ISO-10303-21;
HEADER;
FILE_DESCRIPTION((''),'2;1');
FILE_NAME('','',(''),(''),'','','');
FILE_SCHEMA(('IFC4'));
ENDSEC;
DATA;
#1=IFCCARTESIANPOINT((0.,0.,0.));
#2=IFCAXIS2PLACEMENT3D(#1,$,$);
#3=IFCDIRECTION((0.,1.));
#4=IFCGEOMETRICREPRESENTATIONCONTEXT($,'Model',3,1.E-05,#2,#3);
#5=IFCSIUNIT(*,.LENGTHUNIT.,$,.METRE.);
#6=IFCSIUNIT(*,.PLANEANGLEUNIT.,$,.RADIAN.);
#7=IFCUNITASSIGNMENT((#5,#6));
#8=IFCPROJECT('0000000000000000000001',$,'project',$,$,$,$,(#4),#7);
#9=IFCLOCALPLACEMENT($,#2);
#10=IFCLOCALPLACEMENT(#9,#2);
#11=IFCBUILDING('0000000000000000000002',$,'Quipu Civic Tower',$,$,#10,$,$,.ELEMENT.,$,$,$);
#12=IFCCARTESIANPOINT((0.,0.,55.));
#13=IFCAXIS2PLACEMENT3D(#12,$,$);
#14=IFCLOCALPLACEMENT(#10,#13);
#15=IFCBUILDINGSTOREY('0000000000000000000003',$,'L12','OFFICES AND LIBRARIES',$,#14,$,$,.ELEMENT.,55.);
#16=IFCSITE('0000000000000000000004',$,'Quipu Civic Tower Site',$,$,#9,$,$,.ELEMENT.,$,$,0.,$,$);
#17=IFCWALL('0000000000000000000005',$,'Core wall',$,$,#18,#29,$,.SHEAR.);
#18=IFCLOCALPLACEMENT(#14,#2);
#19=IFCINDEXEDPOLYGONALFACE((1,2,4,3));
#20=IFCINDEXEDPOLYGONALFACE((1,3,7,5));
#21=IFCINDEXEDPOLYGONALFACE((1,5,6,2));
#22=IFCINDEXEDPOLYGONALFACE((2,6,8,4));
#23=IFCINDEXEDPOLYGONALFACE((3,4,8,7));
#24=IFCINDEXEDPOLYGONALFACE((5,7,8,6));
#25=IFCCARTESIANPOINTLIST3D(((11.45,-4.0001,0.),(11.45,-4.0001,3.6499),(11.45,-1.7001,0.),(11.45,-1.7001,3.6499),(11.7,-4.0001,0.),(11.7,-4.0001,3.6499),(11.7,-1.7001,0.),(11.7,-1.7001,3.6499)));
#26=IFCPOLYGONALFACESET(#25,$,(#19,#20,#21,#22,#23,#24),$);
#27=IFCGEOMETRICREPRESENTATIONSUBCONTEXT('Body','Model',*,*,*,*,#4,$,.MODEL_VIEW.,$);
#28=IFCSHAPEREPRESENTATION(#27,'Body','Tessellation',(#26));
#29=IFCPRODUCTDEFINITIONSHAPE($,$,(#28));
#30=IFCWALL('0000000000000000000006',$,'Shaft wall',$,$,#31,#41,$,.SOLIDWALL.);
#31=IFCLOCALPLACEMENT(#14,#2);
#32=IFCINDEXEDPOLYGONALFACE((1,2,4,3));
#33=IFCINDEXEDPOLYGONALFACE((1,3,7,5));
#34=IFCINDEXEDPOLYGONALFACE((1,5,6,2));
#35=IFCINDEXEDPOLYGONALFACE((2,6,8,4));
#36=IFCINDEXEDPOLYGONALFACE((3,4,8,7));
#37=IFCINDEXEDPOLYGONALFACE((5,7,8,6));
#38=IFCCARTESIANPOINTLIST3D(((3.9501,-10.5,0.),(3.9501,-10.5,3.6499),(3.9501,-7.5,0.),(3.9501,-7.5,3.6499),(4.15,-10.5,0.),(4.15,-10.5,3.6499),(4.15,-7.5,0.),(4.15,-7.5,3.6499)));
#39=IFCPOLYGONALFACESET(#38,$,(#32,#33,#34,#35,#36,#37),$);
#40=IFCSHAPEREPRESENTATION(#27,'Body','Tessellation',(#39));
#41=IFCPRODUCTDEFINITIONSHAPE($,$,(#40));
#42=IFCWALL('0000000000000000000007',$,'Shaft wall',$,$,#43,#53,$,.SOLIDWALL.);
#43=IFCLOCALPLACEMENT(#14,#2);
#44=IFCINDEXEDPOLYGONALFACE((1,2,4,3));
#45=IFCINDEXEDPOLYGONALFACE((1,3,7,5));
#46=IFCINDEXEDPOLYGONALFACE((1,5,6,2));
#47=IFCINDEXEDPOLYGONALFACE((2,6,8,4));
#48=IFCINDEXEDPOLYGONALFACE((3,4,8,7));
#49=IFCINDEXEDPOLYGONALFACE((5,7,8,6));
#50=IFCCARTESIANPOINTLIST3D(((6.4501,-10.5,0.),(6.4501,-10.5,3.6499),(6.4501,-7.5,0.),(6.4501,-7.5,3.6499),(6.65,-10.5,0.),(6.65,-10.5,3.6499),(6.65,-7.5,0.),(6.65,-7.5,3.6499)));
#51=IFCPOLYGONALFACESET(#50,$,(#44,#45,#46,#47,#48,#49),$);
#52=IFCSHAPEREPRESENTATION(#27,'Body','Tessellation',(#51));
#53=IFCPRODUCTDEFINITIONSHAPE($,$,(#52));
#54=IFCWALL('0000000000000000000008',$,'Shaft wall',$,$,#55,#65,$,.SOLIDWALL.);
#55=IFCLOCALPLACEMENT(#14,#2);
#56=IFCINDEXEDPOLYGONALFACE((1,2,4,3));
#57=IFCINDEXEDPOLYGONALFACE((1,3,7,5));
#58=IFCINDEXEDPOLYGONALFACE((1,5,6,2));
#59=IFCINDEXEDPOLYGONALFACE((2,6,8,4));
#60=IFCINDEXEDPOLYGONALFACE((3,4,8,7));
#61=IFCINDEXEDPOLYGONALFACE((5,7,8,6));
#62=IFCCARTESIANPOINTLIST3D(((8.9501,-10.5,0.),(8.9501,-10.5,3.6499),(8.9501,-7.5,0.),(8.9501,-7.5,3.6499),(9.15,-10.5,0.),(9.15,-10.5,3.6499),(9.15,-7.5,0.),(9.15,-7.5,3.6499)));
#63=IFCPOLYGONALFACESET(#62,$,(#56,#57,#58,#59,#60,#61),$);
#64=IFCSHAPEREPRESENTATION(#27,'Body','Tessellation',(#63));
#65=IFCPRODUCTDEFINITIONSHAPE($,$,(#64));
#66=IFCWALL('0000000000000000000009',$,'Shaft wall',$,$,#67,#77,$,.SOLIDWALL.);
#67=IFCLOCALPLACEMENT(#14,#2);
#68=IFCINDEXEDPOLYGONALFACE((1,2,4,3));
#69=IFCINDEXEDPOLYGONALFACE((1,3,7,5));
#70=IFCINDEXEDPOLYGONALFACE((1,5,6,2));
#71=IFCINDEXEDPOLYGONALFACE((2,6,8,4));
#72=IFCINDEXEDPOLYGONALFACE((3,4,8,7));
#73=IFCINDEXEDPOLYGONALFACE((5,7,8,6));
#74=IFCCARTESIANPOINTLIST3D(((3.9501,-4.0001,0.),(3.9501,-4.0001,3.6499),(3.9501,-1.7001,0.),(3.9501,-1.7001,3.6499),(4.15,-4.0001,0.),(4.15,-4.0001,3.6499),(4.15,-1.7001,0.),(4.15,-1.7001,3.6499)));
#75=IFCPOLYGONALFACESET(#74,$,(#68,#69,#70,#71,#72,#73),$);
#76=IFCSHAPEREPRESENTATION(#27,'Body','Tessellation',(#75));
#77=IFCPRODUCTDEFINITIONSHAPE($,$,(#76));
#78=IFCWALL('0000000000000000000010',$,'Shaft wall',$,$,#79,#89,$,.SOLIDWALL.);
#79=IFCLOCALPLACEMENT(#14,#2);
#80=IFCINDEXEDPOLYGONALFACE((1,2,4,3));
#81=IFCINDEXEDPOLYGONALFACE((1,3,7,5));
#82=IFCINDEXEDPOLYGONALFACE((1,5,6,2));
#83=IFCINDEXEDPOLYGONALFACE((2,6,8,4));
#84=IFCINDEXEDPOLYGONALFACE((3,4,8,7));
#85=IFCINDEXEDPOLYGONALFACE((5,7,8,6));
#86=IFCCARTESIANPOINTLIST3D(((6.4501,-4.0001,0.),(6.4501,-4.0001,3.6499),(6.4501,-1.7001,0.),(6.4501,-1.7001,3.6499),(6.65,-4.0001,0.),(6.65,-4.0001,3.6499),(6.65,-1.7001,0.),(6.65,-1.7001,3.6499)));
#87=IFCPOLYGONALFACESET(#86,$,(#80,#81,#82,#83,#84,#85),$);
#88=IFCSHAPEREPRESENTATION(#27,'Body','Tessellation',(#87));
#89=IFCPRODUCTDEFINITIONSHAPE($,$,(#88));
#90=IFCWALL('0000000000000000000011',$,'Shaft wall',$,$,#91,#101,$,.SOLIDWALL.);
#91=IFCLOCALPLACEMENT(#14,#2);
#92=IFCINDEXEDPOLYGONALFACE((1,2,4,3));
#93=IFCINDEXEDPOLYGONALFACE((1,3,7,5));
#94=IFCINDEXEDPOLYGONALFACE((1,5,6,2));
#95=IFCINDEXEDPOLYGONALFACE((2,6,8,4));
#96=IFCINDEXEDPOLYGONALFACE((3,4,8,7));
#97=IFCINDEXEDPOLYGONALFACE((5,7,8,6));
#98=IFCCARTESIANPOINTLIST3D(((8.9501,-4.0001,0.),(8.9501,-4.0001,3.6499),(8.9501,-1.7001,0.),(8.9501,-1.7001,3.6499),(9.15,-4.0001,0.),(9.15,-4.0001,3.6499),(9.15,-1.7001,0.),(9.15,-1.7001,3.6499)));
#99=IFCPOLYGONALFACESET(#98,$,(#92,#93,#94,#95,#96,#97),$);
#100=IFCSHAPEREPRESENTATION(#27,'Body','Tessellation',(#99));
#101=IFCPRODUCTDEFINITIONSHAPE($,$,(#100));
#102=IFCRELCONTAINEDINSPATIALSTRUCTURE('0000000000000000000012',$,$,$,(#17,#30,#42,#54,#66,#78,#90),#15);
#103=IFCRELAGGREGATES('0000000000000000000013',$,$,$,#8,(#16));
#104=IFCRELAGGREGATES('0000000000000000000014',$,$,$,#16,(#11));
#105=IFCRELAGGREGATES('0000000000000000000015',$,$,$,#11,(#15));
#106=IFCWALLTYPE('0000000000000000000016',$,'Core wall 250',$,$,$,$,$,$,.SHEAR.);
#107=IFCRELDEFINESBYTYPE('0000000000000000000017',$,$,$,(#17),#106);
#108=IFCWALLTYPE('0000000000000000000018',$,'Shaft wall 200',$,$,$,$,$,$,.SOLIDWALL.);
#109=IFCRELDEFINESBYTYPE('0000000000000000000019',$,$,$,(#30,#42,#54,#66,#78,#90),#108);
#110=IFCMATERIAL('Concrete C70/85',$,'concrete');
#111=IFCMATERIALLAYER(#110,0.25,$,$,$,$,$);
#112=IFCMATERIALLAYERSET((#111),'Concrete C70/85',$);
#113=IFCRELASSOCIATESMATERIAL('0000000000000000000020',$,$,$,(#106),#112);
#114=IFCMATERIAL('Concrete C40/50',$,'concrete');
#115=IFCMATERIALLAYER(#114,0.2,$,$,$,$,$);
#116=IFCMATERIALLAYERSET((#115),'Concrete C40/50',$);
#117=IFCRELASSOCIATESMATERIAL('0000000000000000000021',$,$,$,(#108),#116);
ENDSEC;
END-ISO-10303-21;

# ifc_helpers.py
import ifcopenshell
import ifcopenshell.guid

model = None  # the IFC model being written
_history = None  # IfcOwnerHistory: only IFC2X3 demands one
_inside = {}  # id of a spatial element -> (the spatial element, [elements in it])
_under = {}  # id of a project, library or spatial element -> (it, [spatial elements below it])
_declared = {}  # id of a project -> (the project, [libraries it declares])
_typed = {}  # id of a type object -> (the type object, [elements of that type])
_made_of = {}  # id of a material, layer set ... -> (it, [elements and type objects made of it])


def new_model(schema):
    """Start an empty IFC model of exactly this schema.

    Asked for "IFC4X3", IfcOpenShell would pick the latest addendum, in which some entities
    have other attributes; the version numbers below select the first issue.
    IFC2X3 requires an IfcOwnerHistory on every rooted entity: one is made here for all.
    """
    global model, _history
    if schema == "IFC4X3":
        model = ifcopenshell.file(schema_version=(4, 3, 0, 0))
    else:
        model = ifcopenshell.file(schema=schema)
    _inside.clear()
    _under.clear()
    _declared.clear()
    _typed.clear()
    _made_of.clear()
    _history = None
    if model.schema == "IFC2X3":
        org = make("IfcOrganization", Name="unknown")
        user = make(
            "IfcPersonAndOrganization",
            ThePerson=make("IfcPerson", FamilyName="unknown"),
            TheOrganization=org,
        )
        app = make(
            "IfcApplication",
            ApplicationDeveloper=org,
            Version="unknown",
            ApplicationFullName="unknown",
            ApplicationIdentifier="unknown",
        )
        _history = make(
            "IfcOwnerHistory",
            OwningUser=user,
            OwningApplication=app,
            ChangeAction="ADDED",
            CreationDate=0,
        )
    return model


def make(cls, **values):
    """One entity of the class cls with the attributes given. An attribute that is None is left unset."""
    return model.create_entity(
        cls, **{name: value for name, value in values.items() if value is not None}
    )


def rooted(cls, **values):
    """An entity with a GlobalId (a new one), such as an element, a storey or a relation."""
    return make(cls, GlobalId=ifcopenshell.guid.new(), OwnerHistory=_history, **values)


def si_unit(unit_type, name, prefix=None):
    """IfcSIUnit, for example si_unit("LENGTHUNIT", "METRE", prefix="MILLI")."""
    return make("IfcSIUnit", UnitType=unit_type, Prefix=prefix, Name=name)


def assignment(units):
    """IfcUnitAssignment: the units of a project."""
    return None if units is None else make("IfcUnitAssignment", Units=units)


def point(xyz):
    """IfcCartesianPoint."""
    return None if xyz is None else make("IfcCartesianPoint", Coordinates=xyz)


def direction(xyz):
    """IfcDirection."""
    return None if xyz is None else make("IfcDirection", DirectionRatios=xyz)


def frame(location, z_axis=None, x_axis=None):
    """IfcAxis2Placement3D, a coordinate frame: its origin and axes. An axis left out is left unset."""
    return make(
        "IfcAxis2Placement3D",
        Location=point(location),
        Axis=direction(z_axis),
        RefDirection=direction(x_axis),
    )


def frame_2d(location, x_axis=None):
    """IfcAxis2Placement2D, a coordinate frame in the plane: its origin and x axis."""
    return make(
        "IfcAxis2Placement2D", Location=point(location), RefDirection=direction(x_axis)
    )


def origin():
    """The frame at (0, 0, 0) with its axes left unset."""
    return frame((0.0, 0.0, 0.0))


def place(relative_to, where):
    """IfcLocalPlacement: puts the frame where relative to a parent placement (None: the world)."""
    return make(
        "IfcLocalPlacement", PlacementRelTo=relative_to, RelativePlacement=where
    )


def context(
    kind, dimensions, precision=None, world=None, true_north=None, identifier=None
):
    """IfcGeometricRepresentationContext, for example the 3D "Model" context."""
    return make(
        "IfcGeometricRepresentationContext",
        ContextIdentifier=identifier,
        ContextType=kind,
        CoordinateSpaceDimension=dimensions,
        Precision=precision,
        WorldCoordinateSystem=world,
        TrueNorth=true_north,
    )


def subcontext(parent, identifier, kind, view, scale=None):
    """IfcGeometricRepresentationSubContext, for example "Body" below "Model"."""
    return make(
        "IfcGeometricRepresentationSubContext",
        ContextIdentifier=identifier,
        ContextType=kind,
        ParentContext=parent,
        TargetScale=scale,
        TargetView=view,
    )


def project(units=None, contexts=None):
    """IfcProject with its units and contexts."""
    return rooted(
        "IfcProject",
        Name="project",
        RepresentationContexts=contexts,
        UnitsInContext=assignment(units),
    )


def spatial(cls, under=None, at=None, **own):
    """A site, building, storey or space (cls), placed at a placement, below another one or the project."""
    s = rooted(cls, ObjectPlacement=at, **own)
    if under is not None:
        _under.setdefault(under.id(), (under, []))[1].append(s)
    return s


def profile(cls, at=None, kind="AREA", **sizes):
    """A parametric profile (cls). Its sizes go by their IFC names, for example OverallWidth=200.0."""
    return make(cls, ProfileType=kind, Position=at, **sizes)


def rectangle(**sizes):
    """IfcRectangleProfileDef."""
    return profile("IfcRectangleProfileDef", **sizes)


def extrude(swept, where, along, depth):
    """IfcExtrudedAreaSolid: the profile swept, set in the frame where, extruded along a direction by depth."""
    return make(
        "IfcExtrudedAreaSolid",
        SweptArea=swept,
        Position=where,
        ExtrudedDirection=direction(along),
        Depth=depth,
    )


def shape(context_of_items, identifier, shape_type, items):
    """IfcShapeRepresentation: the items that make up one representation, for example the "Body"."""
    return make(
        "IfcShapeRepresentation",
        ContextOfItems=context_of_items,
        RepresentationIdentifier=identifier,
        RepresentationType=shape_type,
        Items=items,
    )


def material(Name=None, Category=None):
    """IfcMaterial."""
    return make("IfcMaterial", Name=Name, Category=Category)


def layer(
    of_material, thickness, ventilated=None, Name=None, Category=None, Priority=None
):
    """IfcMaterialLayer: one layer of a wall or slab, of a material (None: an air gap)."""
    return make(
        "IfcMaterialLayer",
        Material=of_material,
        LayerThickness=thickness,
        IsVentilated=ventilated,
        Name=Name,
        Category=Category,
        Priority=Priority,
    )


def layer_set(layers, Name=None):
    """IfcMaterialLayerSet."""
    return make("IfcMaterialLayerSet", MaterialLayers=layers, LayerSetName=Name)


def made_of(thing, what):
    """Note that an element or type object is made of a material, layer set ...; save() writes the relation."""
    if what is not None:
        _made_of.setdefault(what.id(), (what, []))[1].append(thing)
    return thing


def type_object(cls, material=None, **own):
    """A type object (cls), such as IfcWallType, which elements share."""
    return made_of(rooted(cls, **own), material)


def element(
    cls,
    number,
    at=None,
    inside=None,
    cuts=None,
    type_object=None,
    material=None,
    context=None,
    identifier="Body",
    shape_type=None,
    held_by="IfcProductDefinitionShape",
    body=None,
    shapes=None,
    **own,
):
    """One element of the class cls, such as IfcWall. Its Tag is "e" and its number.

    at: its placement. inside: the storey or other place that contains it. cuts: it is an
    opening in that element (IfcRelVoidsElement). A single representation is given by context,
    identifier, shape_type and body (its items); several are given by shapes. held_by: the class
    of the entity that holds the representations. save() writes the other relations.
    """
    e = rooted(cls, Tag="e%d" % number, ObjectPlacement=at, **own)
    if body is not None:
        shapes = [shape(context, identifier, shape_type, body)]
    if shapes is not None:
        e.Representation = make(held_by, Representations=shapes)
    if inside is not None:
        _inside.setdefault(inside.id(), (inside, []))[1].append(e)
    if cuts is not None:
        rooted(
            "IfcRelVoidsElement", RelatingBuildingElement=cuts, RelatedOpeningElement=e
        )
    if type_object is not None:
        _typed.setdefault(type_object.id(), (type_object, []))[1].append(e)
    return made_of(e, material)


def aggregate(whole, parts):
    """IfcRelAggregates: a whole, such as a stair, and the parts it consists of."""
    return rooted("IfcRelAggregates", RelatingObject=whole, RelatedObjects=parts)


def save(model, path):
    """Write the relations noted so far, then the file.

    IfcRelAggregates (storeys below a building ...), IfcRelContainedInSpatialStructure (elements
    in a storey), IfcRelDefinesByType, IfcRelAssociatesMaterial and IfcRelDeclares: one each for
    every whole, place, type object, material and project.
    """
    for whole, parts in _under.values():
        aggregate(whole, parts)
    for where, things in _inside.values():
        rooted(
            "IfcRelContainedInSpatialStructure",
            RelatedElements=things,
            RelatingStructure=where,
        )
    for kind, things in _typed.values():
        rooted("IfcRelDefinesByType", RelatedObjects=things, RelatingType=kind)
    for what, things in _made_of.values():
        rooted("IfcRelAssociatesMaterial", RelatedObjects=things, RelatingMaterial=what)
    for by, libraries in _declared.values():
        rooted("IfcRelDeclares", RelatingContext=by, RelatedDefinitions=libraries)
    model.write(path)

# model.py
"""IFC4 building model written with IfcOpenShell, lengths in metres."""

from ifc_helpers import new_model, si_unit, direction, frame, frame_2d, origin, place, context, subcontext, project, spatial, rectangle, extrude, material, layer, layer_set, type_object, element, save


model = new_model("IFC4")

# Units and contexts
model_context = context("Model", 3, precision=1e-05, world=origin(), true_north=direction((0.0, 1.0)))
body_context = subcontext(model_context, "Body", "Model", "MODEL_VIEW")
ifc_project = project(units=[si_unit("LENGTHUNIT", "METRE"), si_unit("PLANEANGLEUNIT", "RADIAN")], contexts=[model_context])

# Site, building, storey
site_placement = place(None, origin())
site = spatial("IfcSite", under=ifc_project, at=site_placement, Name="Quipu Civic Tower Site", CompositionType="ELEMENT", RefElevation=0.0)
building_placement = place(site_placement, origin())
building = spatial("IfcBuilding", under=site, at=building_placement, Name="Quipu Civic Tower", CompositionType="ELEMENT")
storey_placement = place(building_placement, frame((0.0, 0.0, 55.0)))
storey = spatial("IfcBuildingStorey", under=building, at=storey_placement, Name="L12", Description="OFFICES AND LIBRARIES", CompositionType="ELEMENT", Elevation=55.0)

# Shared definitions
ifc_material_1 = material(Name="Concrete C70/85", Category="concrete")
ifc_layer_1 = layer(ifc_material_1, 0.25)
ifc_layer_set_1 = layer_set([ifc_layer_1], Name="Concrete C70/85")
wall_type_1 = type_object("IfcWallType", Name="Core wall 250", PredefinedType="SHEAR", material=ifc_layer_set_1)

# Walls
wall_1_placement = place(storey_placement, frame((11.575, -4.0, 0.0), z_axis=(0.0, 0.0, 1.0), x_axis=(0.0, 1.0, 0.0)))
element("IfcWall", 1, at=wall_1_placement, inside=storey, type_object=wall_type_1, Name="Core wall", PredefinedType="SHEAR", context=body_context, shape_type="SweptSolid", body=[
    extrude(rectangle(XDim=2.3, YDim=0.25, at=frame_2d((1.1499, 0.0))), origin(), (0.0, 0.0, 1.0), 3.6499),
])
ifc_material_2 = material(Name="Concrete C40/50", Category="concrete")
ifc_layer_2 = layer(ifc_material_2, 0.2)
ifc_layer_set_2 = layer_set([ifc_layer_2], Name="Concrete C40/50")
wall_type_2 = type_object("IfcWallType", Name="Shaft wall 200", PredefinedType="SOLIDWALL", material=ifc_layer_set_2)
for number, where, z_axis, x_axis, name in (
    (2, (4.05, -10.5, 0.0), (0.0, 0.0, 1.0), (0.0, 1.0, 0.0), "Shaft wall"),
    (3, (6.55, -10.5, 0.0), (0.0, 0.0, 1.0), (0.0, 1.0, 0.0), "Shaft wall"),
    (4, (9.05, -10.5, 0.0), (0.0, 0.0, 1.0), (0.0, 1.0, 0.0), "Shaft wall"),
):
    element("IfcWall", number, at=place(storey_placement, frame(where, z_axis=z_axis, x_axis=x_axis)), inside=storey, type_object=wall_type_2, Name=name, PredefinedType="SOLIDWALL", context=body_context, shape_type="SweptSolid", body=[
        extrude(rectangle(XDim=3.0, YDim=0.2, at=frame_2d((1.5, 0.0))), origin(), (0.0, 0.0, 1.0), 3.6499),
    ])
for number, where, z_axis, x_axis, name in (
    (5, (4.05, -4.0, 0.0), (0.0, 0.0, 1.0), (0.0, 1.0, 0.0), "Shaft wall"),
    (6, (6.55, -4.0, 0.0), (0.0, 0.0, 1.0), (0.0, 1.0, 0.0), "Shaft wall"),
    (7, (9.05, -4.0, 0.0), (0.0, 0.0, 1.0), (0.0, 1.0, 0.0), "Shaft wall"),
):
    element("IfcWall", number, at=place(storey_placement, frame(where, z_axis=z_axis, x_axis=x_axis)), inside=storey, type_object=wall_type_2, Name=name, PredefinedType="SOLIDWALL", context=body_context, shape_type="SweptSolid", body=[
        extrude(rectangle(XDim=2.3, YDim=0.2, at=frame_2d((1.1499, 0.0))), origin(), (0.0, 0.0, 1.0), 3.6499),
    ])

save(model, "model.ifc")
